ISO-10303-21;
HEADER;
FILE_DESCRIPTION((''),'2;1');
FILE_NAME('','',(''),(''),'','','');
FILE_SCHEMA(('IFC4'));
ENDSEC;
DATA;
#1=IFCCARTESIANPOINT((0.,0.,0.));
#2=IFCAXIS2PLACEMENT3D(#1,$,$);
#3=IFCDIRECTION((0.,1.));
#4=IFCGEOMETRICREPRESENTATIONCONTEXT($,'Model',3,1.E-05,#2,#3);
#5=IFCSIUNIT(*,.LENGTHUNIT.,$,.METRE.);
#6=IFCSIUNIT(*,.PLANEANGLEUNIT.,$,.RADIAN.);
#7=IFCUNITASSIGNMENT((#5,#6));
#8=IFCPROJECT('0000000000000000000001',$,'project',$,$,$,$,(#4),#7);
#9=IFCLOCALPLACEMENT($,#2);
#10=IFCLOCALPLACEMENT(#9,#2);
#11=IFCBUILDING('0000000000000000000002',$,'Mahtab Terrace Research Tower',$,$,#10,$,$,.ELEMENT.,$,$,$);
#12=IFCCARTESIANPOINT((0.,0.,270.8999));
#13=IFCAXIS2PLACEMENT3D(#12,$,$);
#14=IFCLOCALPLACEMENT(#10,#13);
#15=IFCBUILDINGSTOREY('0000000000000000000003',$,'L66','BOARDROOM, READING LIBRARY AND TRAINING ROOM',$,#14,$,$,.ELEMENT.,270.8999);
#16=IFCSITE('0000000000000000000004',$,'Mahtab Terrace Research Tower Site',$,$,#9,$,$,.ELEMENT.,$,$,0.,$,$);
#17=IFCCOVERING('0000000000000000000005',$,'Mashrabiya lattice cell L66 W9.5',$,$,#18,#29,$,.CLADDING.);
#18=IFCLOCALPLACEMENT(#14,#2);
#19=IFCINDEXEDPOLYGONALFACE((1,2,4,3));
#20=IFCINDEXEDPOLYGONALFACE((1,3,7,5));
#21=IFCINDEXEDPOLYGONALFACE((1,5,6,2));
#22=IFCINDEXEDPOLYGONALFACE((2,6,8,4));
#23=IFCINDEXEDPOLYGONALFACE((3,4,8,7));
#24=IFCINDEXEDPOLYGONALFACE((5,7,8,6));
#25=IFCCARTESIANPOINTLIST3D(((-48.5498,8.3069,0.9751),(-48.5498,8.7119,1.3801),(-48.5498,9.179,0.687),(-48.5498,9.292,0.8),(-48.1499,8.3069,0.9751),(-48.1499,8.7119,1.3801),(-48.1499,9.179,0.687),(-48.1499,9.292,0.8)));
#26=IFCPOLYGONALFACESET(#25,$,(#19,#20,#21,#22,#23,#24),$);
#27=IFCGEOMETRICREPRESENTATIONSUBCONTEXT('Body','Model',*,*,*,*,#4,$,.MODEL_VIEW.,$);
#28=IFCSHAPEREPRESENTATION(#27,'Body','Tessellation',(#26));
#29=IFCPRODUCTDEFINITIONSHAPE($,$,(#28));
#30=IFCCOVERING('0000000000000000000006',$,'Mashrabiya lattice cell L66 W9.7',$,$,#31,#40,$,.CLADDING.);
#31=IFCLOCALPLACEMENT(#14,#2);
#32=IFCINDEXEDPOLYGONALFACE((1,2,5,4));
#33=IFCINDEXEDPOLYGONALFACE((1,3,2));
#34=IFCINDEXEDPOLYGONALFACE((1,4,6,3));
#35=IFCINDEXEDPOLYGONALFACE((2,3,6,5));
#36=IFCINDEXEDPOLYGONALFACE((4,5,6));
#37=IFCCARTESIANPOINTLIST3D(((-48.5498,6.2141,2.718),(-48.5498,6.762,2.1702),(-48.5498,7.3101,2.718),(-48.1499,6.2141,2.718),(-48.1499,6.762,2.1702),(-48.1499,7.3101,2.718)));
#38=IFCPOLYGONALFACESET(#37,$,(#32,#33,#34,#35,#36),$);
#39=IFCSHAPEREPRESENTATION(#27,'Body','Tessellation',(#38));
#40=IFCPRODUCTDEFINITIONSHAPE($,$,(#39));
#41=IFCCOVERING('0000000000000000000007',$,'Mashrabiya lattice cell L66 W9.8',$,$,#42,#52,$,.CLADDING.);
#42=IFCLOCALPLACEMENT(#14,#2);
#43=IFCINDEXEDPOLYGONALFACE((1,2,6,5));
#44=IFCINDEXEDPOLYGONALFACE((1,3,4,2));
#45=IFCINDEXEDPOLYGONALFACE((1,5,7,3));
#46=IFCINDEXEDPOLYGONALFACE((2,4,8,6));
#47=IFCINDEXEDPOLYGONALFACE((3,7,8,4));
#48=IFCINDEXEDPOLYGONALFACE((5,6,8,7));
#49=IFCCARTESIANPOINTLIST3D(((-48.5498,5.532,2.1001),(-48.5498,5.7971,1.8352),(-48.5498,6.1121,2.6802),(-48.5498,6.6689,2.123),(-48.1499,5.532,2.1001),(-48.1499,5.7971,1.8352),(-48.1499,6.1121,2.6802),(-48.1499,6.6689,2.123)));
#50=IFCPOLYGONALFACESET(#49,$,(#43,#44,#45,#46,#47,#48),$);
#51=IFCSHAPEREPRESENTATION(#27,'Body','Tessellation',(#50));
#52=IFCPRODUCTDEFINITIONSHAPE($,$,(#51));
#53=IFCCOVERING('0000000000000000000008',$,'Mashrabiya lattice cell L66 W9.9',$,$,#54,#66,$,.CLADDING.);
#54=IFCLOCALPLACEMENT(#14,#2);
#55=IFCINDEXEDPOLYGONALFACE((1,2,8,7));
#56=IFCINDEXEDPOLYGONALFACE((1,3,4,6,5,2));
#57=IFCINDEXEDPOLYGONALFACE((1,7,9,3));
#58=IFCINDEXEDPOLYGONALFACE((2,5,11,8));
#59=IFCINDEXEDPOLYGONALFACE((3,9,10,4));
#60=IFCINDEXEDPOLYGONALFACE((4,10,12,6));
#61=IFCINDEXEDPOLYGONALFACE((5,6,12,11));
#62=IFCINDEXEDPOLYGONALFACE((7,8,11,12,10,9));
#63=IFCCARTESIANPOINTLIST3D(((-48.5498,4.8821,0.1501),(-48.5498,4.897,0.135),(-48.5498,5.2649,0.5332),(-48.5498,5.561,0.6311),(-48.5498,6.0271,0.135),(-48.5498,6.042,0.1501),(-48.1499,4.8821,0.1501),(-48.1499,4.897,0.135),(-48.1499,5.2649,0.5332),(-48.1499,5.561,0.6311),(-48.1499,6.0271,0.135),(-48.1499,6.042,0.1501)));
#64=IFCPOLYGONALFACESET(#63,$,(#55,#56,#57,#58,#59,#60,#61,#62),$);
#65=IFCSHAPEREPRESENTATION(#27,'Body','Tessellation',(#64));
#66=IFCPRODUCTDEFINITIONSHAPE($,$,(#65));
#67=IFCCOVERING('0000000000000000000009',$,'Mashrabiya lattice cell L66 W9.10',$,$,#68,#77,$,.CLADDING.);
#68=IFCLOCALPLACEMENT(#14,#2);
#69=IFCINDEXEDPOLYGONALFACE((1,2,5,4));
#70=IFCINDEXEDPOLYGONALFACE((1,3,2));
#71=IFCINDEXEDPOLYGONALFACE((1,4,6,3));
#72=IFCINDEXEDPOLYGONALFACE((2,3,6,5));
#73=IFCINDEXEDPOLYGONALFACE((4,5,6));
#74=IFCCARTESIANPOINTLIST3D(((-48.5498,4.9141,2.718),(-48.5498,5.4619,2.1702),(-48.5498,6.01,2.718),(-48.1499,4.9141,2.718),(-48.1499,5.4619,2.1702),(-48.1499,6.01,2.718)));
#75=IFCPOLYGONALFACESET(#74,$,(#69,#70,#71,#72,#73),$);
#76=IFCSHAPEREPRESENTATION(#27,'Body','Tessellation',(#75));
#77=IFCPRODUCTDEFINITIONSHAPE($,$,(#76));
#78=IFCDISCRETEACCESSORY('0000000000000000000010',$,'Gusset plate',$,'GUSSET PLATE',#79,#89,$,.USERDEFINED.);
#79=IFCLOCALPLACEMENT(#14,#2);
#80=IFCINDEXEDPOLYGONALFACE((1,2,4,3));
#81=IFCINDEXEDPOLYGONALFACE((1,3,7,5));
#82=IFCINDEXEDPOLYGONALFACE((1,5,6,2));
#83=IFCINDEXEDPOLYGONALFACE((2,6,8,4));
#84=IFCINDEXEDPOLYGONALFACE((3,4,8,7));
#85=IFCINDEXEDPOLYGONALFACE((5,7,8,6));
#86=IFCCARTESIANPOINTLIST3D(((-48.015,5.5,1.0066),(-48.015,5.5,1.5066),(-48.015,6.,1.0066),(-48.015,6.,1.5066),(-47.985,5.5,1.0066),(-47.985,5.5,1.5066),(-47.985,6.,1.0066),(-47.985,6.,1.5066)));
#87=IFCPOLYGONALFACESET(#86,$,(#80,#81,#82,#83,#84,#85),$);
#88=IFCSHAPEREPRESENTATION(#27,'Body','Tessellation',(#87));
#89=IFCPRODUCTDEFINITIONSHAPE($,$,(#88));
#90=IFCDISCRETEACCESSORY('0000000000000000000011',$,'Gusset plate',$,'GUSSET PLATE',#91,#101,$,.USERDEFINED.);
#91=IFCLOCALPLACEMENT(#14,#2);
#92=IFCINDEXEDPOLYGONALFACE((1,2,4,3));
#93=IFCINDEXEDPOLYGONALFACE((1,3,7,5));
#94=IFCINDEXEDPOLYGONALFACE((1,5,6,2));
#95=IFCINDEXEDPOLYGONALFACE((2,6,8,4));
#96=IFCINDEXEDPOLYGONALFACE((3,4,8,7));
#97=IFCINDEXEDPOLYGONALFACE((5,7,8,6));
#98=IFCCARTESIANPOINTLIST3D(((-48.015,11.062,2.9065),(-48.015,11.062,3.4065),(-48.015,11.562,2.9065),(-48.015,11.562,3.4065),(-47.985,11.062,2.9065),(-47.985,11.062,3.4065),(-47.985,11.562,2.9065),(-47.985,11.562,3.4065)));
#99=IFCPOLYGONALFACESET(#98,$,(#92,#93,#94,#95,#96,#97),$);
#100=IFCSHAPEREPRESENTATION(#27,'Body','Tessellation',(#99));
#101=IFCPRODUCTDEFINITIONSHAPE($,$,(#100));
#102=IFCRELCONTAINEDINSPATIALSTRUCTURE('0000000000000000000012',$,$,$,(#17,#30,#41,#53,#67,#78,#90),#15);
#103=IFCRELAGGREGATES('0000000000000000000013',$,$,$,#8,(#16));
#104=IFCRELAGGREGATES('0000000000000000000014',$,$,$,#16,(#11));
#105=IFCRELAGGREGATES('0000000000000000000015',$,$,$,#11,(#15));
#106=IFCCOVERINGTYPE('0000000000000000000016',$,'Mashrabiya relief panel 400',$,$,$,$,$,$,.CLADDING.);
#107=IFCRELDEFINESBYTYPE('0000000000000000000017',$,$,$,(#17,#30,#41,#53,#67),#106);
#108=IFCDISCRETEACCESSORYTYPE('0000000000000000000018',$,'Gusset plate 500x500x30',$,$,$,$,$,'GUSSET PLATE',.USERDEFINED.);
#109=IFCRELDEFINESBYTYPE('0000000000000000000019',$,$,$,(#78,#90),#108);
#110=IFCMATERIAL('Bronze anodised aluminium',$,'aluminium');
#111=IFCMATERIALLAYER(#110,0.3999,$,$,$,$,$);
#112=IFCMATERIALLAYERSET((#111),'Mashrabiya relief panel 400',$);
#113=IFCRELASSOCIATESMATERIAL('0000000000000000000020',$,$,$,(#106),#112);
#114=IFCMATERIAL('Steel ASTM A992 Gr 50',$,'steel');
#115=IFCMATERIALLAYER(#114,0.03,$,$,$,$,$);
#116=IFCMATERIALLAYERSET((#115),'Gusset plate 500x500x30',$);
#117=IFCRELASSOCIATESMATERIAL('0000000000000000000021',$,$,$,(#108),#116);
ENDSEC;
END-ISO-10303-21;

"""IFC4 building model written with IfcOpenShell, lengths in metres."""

from ifc_helpers import new_model, si_unit, direction, frame, origin, origin_2d, place, context, subcontext, project, spatial, polyline, rectangle, outline, extrude, material, layer, layer_set, type_object, element, save


model = new_model("IFC4")

# Units and contexts
model_context = context("Model", 3, precision=1e-05, world=origin(), true_north=direction((0.0, 1.0)))
body_context = subcontext(model_context, "Body", "Model", "MODEL_VIEW")
ifc_project = project(units=[si_unit("LENGTHUNIT", "METRE"), si_unit("PLANEANGLEUNIT", "RADIAN")], contexts=[model_context])

# Site, building, storey
site_placement = place(None, origin())
site = spatial("IfcSite", under=ifc_project, at=site_placement, Name="Mahtab Terrace Research Tower Site", CompositionType="ELEMENT", RefElevation=0.0)
building_placement = place(site_placement, origin())
building = spatial("IfcBuilding", under=site, at=building_placement, Name="Mahtab Terrace Research Tower", CompositionType="ELEMENT")
storey_placement = place(building_placement, frame((0.0, 0.0, 270.8999)))
storey = spatial("IfcBuildingStorey", under=building, at=storey_placement, Name="L66", Description="BOARDROOM, READING LIBRARY AND TRAINING ROOM", CompositionType="ELEMENT", Elevation=270.8999)

# Shared definitions
ifc_material_1 = material(Name="Steel ASTM A992 Gr 50", Category="steel")

# Coverings
ifc_material_2 = material(Name="Bronze anodised aluminium", Category="aluminium")
ifc_layer_1 = layer(ifc_material_2, 0.3999)
ifc_layer_set_1 = layer_set([ifc_layer_1], Name="Mashrabiya relief panel 400")
covering_type = type_object("IfcCoveringType", Name="Mashrabiya relief panel 400", PredefinedType="CLADDING", material=ifc_layer_set_1)
covering_1_placement = place(storey_placement, frame((-48.1499, 9.292, 0.8), z_axis=(1.0, 0.0, 0.0), x_axis=(0.0, -0.707107, 0.707107)))
element("IfcCovering", 1, at=covering_1_placement, inside=storey, type_object=covering_type, Name="Mashrabiya lattice cell L66 W9.5", PredefinedType="CLADDING", context=body_context, shape_type="SweptSolid", body=[
    extrude(outline(polyline([(0.0, 0.0), (0.8204, 0.0), (0.8204, 0.5728), (0.0, 0.1599), (0.0, 0.0)])), origin(), (0.0, 0.0, -1.0), 0.3999),
])
covering_2_placement = place(storey_placement, frame((-48.1499, 6.762, 2.1702), z_axis=(1.0, 0.0, 0.0), x_axis=(0.0, 0.707264, 0.706949)))
element("IfcCovering", 2, at=covering_2_placement, inside=storey, type_object=covering_type, Name="Mashrabiya lattice cell L66 W9.7", PredefinedType="CLADDING", context=body_context, shape_type="SweptSolid", body=[
    extrude(outline(polyline([(0.0, 0.0), (0.775, 0.0), (-0.0002, 0.7748), (0.0, 0.0)])), origin(), (0.0, 0.0, -1.0), 0.3999),
])
covering_3_placement = place(storey_placement, frame((-48.1499, 6.1121, 2.6802), z_axis=(1.0, 0.0, 0.0), x_axis=(0.0, -0.707107, -0.707107)))
element("IfcCovering", 3, at=covering_3_placement, inside=storey, type_object=covering_type, Name="Mashrabiya lattice cell L66 W9.8", PredefinedType="CLADDING", context=body_context, shape_type="SweptSolid", body=[
    extrude(outline(polyline([(0.0, 0.0), (0.8204, 0.0), (0.8202, 0.3748), (0.0002, 0.7877), (0.0, 0.0)])), origin(), (0.0, 0.0, -1.0), 0.3999),
])
covering_4_placement = place(storey_placement, frame((-48.1499, 6.042, 0.1501), z_axis=(1.0, 0.0, 0.0), x_axis=(0.0, -0.707107, 0.707107)))
element("IfcCovering", 4, at=covering_4_placement, inside=storey, type_object=covering_type, Name="Mashrabiya lattice cell L66 W9.9", PredefinedType="CLADDING", context=body_context, shape_type="SweptSolid", body=[
    extrude(outline(polyline([(0.0, 0.0), (0.6802, 0.0), (0.8204, 0.2786), (0.8202, 0.8202), (0.7989, 0.8204), (-0.0002, 0.0212), (0.0, 0.0)])), origin(), (0.0, 0.0, -1.0), 0.3999),
])
covering_5_placement = place(storey_placement, frame((-48.1499, 5.4619, 2.1702), z_axis=(1.0, 0.0, 0.0), x_axis=(0.0, 0.707264, 0.706949)))
element("IfcCovering", 5, at=covering_5_placement, inside=storey, type_object=covering_type, Name="Mashrabiya lattice cell L66 W9.10", PredefinedType="CLADDING", context=body_context, shape_type="SweptSolid", body=[
    extrude(outline(polyline([(0.0, 0.0), (0.775, 0.0), (-0.0002, 0.7748), (0.0, 0.0)])), origin(), (0.0, 0.0, -1.0), 0.3999),
])

# Discrete accessories
ifc_layer_2 = layer(ifc_material_1, 0.03)
ifc_layer_set_2 = layer_set([ifc_layer_2], Name="Gusset plate 500x500x30")
discrete_accessory_type = type_object("IfcDiscreteAccessoryType", Name="Gusset plate 500x500x30", ElementType="GUSSET PLATE", PredefinedType="USERDEFINED", material=ifc_layer_set_2)
for number, where, z_axis, x_axis, name in (
    (6, (-48.0, 5.75, 1.0066), (0.0, 0.0, 1.0), (0.0, 1.0, 0.0), "Gusset plate"),
    (7, (-48.0, 11.312, 2.9065), (0.0, 0.0, 1.0), (0.0, 1.0, 0.0), "Gusset plate"),
):
    element("IfcDiscreteAccessory", number, at=place(storey_placement, frame(where, z_axis=z_axis, x_axis=x_axis)), inside=storey, type_object=discrete_accessory_type, Name=name, ObjectType="GUSSET PLATE", PredefinedType="USERDEFINED", context=body_context, shape_type="SweptSolid", body=[
        extrude(rectangle(XDim=0.5, YDim=0.03, at=origin_2d()), origin(), (0.0, 0.0, 1.0), 0.5),
    ])

save(model, "model.ifc")
